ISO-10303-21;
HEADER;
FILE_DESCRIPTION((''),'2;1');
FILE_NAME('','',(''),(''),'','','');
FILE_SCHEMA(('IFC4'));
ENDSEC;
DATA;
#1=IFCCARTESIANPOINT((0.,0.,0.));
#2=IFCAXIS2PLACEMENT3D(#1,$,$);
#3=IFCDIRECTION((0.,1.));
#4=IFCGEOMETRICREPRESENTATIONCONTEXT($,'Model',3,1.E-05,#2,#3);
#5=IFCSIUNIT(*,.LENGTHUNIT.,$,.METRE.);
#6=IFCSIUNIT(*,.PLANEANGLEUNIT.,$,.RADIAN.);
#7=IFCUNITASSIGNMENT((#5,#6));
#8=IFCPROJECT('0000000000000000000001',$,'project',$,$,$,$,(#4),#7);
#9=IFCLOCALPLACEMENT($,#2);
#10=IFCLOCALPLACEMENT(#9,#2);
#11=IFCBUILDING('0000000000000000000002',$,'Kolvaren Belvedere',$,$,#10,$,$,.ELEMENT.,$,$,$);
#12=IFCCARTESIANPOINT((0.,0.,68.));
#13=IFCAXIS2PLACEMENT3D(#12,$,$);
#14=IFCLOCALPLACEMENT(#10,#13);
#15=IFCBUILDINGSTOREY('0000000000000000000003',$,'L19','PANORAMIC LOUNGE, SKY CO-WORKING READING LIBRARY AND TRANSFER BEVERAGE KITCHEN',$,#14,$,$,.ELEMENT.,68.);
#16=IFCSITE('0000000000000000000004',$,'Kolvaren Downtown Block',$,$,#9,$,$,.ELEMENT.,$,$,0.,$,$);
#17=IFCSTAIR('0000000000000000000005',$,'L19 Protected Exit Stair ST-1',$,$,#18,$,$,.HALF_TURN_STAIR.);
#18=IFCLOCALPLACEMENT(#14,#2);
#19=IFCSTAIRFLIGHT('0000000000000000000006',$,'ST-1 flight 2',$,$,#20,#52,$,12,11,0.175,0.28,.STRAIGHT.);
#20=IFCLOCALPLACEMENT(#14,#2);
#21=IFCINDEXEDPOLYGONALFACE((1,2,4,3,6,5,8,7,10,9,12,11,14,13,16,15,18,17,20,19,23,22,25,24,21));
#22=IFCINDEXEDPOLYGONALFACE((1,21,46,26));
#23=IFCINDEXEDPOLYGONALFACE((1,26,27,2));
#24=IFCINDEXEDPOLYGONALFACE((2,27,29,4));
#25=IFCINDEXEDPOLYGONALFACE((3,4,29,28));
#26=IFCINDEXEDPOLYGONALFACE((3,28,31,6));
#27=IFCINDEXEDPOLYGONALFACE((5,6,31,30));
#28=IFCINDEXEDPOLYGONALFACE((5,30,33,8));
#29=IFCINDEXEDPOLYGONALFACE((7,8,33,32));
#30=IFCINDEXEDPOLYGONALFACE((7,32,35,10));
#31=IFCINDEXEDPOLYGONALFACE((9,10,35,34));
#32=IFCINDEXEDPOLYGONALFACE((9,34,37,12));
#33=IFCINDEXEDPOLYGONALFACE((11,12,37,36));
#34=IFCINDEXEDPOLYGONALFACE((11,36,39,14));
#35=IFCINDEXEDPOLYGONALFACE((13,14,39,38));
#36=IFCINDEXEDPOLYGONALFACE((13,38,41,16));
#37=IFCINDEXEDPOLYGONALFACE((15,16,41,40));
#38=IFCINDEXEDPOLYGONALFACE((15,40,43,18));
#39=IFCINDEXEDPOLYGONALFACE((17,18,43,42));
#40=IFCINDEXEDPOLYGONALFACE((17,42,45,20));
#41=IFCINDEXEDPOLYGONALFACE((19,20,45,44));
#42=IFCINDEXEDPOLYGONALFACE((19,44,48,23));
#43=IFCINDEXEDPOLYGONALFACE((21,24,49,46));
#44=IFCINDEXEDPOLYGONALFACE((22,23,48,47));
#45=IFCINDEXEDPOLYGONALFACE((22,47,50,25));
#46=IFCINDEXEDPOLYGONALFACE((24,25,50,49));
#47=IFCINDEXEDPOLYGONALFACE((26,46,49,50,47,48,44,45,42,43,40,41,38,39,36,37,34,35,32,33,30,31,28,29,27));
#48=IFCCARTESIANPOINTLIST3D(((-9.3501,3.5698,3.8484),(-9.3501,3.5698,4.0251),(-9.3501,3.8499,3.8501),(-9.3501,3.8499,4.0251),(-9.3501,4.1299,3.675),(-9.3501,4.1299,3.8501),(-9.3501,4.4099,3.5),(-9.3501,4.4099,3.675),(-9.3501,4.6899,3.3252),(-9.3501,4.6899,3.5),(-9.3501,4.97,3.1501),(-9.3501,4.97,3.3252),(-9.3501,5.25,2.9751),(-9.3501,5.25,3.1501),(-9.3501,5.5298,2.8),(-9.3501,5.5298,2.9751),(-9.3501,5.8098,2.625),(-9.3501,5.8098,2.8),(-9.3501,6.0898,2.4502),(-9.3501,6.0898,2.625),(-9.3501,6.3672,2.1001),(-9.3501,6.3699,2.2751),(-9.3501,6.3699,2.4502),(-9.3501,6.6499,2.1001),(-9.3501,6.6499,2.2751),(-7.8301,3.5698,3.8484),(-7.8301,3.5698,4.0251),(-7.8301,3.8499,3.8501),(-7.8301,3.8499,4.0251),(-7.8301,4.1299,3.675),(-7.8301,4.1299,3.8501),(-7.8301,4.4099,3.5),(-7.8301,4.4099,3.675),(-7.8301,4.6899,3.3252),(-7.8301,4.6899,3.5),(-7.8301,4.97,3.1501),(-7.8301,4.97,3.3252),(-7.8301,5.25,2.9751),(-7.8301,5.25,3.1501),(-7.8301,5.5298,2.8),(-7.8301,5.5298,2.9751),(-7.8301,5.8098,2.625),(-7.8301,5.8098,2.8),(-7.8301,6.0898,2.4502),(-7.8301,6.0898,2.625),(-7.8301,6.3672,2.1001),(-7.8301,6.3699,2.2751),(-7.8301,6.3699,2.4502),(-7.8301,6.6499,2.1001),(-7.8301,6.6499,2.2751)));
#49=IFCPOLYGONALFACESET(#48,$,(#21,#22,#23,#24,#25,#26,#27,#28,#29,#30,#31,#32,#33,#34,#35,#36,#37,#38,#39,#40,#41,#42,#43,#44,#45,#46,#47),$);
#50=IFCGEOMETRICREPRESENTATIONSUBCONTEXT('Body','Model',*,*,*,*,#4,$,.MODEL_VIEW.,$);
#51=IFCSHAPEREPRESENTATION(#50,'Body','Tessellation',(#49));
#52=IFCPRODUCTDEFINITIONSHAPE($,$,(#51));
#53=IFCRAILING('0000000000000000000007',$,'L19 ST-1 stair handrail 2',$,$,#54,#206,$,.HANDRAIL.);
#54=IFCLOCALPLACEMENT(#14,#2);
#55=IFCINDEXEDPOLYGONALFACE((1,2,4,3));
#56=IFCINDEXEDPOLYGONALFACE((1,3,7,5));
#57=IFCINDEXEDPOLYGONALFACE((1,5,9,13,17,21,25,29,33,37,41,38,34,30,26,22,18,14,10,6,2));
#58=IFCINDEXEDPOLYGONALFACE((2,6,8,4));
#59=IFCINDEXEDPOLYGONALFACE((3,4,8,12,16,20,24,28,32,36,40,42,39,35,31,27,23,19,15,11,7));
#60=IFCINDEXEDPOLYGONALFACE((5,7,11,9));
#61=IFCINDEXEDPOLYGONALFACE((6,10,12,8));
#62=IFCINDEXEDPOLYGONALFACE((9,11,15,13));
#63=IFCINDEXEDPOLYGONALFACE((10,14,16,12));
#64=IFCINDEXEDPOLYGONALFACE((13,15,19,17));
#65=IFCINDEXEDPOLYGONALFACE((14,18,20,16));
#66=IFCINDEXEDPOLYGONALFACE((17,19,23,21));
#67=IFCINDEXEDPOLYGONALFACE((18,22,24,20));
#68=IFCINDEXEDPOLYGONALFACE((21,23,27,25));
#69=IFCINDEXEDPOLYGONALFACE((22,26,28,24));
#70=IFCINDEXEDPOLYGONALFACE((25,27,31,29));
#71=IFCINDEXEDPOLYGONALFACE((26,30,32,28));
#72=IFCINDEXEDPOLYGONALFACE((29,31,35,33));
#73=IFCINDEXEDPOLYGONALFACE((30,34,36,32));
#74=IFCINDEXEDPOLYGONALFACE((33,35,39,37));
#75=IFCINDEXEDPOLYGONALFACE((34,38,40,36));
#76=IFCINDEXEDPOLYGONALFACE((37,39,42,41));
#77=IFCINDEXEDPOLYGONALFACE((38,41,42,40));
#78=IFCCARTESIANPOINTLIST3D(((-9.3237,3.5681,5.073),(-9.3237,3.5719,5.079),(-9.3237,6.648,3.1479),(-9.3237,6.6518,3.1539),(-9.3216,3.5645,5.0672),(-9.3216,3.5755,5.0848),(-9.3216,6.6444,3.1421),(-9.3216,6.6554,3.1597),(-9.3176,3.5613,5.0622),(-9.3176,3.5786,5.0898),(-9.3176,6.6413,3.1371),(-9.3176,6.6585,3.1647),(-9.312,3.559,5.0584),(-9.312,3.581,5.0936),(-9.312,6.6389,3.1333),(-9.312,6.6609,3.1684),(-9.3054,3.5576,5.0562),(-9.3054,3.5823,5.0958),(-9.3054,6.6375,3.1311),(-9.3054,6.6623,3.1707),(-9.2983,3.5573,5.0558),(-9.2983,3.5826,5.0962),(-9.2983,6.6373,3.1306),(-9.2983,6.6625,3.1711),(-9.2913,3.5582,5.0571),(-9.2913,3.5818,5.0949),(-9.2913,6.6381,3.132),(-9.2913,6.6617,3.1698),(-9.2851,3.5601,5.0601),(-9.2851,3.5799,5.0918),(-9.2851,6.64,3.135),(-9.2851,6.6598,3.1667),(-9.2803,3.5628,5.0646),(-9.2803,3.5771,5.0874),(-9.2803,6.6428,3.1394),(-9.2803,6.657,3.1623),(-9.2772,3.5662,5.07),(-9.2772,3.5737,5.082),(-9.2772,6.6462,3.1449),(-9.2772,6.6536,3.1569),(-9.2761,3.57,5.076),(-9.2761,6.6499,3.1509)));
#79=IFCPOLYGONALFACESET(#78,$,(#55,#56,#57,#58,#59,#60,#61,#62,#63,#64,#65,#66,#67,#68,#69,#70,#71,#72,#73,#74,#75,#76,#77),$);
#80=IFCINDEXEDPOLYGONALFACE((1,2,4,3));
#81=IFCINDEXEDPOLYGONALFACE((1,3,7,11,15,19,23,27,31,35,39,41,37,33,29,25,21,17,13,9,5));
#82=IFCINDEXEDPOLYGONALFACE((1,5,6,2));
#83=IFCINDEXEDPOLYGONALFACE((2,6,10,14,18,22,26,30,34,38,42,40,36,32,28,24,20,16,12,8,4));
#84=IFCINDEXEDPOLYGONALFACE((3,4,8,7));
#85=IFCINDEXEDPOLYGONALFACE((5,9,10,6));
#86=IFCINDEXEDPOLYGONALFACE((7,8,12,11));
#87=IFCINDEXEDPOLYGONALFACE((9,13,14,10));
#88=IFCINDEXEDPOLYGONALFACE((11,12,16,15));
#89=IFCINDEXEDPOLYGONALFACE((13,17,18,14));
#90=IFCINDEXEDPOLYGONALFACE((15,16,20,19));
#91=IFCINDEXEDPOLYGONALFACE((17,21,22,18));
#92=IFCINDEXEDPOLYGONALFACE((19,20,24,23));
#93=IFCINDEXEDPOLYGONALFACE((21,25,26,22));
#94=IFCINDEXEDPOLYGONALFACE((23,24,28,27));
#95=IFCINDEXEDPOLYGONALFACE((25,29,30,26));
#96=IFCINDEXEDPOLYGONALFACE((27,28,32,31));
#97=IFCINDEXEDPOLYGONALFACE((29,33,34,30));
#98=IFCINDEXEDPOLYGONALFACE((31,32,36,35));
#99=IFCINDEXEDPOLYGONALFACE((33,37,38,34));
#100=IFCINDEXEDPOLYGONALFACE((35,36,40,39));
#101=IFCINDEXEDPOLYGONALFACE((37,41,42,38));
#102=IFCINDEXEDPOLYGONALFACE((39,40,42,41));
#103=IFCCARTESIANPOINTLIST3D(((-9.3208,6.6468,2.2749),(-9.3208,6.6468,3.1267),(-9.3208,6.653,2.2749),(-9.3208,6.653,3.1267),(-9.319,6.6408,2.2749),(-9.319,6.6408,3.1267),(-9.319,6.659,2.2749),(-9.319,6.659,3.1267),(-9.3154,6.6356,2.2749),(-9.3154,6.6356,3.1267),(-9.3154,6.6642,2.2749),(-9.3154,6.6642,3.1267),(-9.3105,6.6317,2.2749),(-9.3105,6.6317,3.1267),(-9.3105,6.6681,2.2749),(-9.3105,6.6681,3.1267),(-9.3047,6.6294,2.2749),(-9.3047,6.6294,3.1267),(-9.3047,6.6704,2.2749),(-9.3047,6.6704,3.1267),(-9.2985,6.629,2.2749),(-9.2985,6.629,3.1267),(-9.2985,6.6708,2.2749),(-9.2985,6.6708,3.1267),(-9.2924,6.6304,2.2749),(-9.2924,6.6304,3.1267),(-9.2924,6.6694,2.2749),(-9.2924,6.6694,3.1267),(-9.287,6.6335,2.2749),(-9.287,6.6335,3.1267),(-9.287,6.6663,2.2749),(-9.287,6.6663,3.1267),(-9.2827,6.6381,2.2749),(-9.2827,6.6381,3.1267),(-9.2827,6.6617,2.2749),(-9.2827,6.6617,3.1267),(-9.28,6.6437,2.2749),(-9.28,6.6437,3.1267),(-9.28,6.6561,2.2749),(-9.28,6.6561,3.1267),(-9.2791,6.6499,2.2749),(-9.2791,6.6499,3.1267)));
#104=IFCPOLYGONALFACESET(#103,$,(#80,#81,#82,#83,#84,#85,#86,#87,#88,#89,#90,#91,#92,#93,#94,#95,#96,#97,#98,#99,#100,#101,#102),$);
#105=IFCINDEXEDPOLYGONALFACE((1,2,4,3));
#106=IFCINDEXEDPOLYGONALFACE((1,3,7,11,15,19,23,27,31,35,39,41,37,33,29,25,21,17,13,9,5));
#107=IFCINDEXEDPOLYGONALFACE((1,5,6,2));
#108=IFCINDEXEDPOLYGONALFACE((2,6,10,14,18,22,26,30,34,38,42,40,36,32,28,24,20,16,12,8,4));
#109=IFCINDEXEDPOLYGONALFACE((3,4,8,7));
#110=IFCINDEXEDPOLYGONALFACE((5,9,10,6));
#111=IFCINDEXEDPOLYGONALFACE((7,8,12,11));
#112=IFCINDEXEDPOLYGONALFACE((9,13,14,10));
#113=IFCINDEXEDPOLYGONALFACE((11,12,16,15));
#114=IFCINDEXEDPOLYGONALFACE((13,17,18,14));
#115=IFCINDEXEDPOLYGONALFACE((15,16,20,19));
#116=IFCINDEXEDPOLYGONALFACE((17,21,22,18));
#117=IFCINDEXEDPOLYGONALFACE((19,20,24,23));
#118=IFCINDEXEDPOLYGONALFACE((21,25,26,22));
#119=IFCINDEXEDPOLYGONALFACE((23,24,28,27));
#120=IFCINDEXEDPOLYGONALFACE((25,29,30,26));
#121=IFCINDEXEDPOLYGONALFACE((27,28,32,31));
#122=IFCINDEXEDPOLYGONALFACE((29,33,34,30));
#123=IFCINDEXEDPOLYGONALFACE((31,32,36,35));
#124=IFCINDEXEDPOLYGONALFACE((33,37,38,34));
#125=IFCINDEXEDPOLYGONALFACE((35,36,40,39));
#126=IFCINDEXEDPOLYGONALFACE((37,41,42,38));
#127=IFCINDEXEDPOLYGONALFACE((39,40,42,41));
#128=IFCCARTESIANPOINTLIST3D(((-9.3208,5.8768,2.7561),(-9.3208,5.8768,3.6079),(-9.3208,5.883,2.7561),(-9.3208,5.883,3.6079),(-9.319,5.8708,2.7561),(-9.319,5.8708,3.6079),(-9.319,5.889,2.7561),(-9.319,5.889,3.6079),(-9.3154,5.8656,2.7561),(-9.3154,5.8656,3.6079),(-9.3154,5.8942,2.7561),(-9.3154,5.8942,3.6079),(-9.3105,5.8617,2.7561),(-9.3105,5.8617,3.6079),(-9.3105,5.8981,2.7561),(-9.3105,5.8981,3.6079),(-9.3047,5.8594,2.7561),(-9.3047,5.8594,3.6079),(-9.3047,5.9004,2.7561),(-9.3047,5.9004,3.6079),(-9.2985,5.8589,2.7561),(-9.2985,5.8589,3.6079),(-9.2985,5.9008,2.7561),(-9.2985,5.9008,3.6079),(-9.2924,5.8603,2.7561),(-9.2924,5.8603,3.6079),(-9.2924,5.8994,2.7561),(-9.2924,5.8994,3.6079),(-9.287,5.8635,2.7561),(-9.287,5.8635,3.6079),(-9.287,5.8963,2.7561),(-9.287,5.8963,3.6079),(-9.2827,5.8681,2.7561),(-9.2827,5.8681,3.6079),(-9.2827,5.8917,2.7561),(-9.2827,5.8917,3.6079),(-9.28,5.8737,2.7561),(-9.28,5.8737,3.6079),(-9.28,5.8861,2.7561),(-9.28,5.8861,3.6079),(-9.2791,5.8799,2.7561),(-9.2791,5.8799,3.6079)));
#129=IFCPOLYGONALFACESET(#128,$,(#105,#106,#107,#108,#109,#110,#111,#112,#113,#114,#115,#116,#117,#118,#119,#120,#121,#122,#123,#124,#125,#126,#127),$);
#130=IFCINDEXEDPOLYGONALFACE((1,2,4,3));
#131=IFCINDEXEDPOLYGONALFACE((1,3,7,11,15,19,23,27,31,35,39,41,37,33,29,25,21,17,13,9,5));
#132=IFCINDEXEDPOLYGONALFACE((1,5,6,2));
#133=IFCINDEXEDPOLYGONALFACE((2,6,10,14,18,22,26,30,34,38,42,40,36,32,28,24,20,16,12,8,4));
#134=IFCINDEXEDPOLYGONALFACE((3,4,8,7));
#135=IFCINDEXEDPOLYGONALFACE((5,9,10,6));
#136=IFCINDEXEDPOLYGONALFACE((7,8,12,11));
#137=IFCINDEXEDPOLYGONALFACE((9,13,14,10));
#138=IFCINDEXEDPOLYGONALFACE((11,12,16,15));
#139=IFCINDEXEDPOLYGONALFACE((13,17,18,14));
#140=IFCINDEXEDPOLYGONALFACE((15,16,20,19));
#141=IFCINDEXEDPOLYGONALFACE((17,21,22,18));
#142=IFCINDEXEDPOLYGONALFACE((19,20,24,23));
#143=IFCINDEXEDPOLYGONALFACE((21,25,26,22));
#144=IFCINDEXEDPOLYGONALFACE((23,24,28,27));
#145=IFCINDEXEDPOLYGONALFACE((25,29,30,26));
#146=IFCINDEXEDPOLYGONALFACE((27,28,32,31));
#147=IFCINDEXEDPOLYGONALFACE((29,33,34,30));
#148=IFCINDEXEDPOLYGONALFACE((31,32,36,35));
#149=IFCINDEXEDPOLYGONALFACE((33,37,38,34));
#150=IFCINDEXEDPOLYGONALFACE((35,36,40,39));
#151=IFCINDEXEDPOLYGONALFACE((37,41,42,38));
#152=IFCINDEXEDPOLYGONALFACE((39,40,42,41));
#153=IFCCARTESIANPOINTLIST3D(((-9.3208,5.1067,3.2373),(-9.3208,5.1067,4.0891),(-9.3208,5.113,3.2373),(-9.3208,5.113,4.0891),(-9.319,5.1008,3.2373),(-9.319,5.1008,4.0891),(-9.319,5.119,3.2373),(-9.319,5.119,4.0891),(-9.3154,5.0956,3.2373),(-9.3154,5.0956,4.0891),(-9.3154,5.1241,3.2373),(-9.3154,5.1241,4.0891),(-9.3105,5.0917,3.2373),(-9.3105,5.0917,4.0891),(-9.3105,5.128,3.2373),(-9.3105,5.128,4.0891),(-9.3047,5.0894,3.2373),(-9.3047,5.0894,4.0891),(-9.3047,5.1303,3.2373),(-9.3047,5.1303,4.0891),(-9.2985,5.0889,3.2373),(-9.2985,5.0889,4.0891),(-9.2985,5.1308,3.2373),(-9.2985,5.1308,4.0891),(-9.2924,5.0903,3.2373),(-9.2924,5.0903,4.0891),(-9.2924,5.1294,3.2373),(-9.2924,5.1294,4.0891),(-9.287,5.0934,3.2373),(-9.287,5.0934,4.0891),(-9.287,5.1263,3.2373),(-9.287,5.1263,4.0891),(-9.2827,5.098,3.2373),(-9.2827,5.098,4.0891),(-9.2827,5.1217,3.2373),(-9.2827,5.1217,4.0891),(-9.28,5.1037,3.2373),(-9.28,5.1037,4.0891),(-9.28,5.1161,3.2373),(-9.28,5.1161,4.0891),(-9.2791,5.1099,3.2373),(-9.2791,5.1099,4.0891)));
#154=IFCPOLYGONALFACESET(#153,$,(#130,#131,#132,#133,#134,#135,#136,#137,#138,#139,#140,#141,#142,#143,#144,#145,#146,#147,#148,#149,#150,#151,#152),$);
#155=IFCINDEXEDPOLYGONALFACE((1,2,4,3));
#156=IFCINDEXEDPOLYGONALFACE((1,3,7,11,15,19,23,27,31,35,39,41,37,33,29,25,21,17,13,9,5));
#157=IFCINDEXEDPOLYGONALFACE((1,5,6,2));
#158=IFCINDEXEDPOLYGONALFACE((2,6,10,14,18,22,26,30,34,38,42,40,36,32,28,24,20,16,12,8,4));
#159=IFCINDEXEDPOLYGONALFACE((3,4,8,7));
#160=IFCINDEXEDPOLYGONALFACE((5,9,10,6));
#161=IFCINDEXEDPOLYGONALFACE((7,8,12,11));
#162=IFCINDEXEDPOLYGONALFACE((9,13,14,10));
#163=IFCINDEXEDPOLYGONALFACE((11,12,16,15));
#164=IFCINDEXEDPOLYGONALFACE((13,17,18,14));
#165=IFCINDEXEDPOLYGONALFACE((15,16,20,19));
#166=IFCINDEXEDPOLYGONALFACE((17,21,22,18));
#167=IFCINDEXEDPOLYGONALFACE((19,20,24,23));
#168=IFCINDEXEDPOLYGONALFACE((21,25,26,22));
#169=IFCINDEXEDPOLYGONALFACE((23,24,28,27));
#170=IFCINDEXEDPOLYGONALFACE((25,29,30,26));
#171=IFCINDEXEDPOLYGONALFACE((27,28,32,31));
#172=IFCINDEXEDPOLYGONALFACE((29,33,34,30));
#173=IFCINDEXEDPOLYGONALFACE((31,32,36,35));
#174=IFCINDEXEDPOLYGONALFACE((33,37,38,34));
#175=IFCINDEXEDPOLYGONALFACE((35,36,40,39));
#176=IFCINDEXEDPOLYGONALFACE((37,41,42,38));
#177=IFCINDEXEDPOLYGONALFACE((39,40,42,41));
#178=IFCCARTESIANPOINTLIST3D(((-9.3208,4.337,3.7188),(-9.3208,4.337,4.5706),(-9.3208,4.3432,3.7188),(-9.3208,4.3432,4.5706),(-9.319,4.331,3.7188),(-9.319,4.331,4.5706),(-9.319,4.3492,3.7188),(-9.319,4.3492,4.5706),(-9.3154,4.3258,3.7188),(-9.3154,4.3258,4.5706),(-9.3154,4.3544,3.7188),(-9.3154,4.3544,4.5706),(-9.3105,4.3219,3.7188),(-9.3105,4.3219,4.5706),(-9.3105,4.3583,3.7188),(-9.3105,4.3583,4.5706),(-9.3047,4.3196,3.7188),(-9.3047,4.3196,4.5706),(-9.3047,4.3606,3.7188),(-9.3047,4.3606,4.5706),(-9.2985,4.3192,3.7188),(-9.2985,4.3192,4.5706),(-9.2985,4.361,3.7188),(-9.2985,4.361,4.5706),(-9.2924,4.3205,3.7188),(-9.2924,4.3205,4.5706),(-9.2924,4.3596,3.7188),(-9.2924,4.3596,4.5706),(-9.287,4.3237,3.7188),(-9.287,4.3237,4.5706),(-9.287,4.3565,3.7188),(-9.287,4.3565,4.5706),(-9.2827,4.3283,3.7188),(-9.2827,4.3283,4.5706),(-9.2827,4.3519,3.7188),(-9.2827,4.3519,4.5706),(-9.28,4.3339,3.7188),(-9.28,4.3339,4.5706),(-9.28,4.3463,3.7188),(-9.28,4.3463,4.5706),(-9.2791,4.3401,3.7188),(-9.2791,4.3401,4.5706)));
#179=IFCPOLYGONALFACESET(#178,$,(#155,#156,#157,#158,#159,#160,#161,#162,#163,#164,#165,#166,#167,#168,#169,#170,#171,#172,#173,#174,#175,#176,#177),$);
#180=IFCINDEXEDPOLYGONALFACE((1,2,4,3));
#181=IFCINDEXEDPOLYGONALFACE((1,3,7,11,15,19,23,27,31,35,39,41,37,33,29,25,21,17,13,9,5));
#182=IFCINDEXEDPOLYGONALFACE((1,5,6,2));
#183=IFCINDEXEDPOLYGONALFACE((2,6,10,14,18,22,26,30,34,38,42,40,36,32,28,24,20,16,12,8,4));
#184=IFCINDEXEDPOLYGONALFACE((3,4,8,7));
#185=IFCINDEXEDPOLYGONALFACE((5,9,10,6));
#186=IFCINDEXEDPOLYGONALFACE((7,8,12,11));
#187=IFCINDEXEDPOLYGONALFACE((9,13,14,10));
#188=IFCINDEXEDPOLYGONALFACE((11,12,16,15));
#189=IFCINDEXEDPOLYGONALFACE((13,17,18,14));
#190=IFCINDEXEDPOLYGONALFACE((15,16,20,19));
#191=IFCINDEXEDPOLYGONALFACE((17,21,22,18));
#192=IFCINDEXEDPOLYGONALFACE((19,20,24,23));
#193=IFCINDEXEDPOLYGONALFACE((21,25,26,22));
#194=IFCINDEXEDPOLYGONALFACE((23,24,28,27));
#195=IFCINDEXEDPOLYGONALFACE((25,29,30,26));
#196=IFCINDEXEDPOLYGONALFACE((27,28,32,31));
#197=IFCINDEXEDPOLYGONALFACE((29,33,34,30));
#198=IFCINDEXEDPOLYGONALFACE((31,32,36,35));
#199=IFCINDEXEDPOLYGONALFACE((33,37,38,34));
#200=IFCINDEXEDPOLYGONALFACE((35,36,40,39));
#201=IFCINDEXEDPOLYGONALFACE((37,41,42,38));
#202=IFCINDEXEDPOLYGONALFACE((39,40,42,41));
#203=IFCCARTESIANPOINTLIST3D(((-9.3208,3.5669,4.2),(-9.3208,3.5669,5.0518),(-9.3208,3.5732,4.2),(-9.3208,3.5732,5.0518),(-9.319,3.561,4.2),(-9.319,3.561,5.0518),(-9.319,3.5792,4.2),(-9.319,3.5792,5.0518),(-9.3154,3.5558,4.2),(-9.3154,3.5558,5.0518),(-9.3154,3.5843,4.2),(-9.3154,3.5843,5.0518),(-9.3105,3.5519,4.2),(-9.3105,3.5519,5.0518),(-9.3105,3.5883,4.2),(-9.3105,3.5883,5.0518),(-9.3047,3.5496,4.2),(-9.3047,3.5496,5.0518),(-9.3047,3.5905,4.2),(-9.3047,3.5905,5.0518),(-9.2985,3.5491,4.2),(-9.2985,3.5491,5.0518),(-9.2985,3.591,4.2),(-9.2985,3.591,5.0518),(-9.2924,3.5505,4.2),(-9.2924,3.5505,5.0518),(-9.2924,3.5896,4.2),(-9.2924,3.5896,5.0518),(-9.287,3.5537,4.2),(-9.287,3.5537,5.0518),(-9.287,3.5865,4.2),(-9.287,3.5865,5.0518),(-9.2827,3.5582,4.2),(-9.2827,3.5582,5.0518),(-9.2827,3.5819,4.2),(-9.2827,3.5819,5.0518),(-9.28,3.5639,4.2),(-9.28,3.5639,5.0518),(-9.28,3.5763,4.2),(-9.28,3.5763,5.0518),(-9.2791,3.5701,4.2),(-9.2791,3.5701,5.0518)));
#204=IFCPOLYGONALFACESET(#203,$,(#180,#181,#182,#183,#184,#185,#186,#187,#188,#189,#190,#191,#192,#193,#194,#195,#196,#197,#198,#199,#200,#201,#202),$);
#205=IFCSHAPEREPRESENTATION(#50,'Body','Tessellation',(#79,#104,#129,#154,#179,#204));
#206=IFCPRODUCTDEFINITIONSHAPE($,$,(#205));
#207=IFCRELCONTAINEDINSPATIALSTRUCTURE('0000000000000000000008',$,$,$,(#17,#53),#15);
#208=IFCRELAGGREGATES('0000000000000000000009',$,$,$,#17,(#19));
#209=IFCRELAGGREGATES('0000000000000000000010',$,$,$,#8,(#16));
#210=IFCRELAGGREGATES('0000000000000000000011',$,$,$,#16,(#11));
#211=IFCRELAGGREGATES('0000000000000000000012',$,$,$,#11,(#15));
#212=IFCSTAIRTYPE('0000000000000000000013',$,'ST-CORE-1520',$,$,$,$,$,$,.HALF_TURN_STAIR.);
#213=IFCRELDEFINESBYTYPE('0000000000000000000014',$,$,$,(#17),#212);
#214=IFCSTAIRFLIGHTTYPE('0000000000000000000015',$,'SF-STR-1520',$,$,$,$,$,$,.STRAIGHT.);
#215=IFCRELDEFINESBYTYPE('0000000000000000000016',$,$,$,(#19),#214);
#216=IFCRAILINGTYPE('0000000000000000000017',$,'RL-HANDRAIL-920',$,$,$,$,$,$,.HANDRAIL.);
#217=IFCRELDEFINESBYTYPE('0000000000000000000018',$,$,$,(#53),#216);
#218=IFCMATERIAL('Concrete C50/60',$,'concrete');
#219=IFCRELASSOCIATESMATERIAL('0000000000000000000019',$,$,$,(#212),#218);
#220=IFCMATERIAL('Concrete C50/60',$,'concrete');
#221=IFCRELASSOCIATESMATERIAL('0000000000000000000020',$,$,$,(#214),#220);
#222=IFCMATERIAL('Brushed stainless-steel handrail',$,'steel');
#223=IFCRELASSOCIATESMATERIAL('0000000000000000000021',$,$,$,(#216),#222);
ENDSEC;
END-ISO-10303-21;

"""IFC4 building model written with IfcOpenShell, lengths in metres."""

from ifc_helpers import new_model, si_unit, direction, frame, origin, origin_2d, place, context, subcontext, project, spatial, polyline, circle, outline, extrude, material, type_object, element, aggregate, save


model = new_model("IFC4")

# Units and contexts
model_context = context("Model", 3, precision=1e-05, world=origin(), true_north=direction((0.0, 1.0)))
body_context = subcontext(model_context, "Body", "Model", "MODEL_VIEW")
ifc_project = project(units=[si_unit("LENGTHUNIT", "METRE"), si_unit("PLANEANGLEUNIT", "RADIAN")], contexts=[model_context])

# Site, building, storey
site_placement = place(None, origin())
site = spatial("IfcSite", under=ifc_project, at=site_placement, Name="Kolvaren Downtown Block", CompositionType="ELEMENT", RefElevation=0.0)
building_placement = place(site_placement, origin())
building = spatial("IfcBuilding", under=site, at=building_placement, Name="Kolvaren Belvedere", CompositionType="ELEMENT")
storey_placement = place(building_placement, frame((0.0, 0.0, 68.0)))
storey = spatial("IfcBuildingStorey", under=building, at=storey_placement, Name="L19", Description="PANORAMIC LOUNGE, SKY CO-WORKING READING LIBRARY AND TRANSFER BEVERAGE KITCHEN", CompositionType="ELEMENT", Elevation=68.0)

# Stair, stair flight
ifc_material_1 = material(Name="Concrete C50/60", Category="concrete")
stair_type = type_object("IfcStairType", Name="ST-CORE-1520", PredefinedType="HALF_TURN_STAIR", material=ifc_material_1)
stair_placement = place(storey_placement, origin())
stair = element("IfcStair", 1, at=stair_placement, inside=storey, type_object=stair_type, Name="L19 Protected Exit Stair ST-1", PredefinedType="HALF_TURN_STAIR")
ifc_material_2 = material(Name="Concrete C50/60", Category="concrete")
stair_flight_type = type_object("IfcStairFlightType", Name="SF-STR-1520", PredefinedType="STRAIGHT", material=ifc_material_2)
stair_flight_placement = place(storey_placement, frame((-8.5901, 6.6499, 2.1001), z_axis=(0.0, 0.0, 1.0), x_axis=(0.0, -1.0, 0.0)))
stair_flight = element("IfcStairFlight", 2, at=stair_flight_placement, type_object=stair_flight_type, Name="ST-1 flight 2", NumberOfRisers=12, NumberOfTreads=11, PredefinedType="STRAIGHT", RiserHeight=0.175, TreadLength=0.28, context=body_context, shape_type="SweptSolid", body=[
    extrude(outline(polyline([(0.0, 0.0), (0.0, 0.175), (0.28, 0.175), (0.28, 0.3501), (0.5601, 0.3501), (0.5601, 0.5249), (0.8401, 0.5249), (0.8401, 0.7), (1.1201, 0.7), (1.1201, 0.875), (1.3999, 0.875), (1.3999, 1.05), (1.6799, 1.05), (1.6799, 1.2251), (1.96, 1.2251), (1.96, 1.3999), (2.24, 1.3999), (2.24, 1.575), (2.52, 1.575), (2.52, 1.75), (2.8, 1.75), (2.8, 1.925), (3.0801, 1.925), (3.0801, 2.1001), (3.0801, 1.7483), (0.2827, 0.0), (0.0, 0.0)])), frame((0.0, 0.76, 0.0), z_axis=(0.0, -1.0, 0.0), x_axis=(1.0, 0.0, 0.0)), (0.0, 0.0, 1.0), 1.52),
])
aggregate(stair, [stair_flight])

# Railing
ifc_material_3 = material(Name="Brushed stainless-steel handrail", Category="steel")
railing_type_1 = type_object("IfcRailingType", Name="RL-HANDRAIL-920", PredefinedType="HANDRAIL", material=ifc_material_3)
railing_1_placement = place(storey_placement, frame((-9.3, 6.6499, 2.2749)))
element("IfcRailing", 3, at=railing_1_placement, inside=storey, type_object=railing_type_1, Name="L19 ST-1 stair handrail 2", PredefinedType="HANDRAIL", context=body_context, shape_type="SweptSolid", body=[
    extrude(circle(Radius=0.0239, at=origin_2d()), frame((0.0, 0.0, 0.876), z_axis=(0.0, -0.847979, 0.530029), x_axis=(1.0, 0.0, 0.0)), (0.0, 0.0, 1.0), 3.6321),
    extrude(circle(Radius=0.021, at=origin_2d()), origin(), (0.0, 0.0, 1.0), 0.8518),
    extrude(circle(Radius=0.021, at=origin_2d()), frame((0.0, -0.77, 0.4812)), (0.0, 0.0, 1.0), 0.8518),
    extrude(circle(Radius=0.021, at=origin_2d()), frame((0.0, -1.54, 0.9624)), (0.0, 0.0, 1.0), 0.8518),
    extrude(circle(Radius=0.021, at=origin_2d()), frame((0.0, -2.3098, 1.4438)), (0.0, 0.0, 1.0), 0.8518),
    extrude(circle(Radius=0.021, at=origin_2d()), frame((0.0, -3.0798, 1.925)), (0.0, 0.0, 1.0), 0.8518),
])

save(model, "model.ifc")
